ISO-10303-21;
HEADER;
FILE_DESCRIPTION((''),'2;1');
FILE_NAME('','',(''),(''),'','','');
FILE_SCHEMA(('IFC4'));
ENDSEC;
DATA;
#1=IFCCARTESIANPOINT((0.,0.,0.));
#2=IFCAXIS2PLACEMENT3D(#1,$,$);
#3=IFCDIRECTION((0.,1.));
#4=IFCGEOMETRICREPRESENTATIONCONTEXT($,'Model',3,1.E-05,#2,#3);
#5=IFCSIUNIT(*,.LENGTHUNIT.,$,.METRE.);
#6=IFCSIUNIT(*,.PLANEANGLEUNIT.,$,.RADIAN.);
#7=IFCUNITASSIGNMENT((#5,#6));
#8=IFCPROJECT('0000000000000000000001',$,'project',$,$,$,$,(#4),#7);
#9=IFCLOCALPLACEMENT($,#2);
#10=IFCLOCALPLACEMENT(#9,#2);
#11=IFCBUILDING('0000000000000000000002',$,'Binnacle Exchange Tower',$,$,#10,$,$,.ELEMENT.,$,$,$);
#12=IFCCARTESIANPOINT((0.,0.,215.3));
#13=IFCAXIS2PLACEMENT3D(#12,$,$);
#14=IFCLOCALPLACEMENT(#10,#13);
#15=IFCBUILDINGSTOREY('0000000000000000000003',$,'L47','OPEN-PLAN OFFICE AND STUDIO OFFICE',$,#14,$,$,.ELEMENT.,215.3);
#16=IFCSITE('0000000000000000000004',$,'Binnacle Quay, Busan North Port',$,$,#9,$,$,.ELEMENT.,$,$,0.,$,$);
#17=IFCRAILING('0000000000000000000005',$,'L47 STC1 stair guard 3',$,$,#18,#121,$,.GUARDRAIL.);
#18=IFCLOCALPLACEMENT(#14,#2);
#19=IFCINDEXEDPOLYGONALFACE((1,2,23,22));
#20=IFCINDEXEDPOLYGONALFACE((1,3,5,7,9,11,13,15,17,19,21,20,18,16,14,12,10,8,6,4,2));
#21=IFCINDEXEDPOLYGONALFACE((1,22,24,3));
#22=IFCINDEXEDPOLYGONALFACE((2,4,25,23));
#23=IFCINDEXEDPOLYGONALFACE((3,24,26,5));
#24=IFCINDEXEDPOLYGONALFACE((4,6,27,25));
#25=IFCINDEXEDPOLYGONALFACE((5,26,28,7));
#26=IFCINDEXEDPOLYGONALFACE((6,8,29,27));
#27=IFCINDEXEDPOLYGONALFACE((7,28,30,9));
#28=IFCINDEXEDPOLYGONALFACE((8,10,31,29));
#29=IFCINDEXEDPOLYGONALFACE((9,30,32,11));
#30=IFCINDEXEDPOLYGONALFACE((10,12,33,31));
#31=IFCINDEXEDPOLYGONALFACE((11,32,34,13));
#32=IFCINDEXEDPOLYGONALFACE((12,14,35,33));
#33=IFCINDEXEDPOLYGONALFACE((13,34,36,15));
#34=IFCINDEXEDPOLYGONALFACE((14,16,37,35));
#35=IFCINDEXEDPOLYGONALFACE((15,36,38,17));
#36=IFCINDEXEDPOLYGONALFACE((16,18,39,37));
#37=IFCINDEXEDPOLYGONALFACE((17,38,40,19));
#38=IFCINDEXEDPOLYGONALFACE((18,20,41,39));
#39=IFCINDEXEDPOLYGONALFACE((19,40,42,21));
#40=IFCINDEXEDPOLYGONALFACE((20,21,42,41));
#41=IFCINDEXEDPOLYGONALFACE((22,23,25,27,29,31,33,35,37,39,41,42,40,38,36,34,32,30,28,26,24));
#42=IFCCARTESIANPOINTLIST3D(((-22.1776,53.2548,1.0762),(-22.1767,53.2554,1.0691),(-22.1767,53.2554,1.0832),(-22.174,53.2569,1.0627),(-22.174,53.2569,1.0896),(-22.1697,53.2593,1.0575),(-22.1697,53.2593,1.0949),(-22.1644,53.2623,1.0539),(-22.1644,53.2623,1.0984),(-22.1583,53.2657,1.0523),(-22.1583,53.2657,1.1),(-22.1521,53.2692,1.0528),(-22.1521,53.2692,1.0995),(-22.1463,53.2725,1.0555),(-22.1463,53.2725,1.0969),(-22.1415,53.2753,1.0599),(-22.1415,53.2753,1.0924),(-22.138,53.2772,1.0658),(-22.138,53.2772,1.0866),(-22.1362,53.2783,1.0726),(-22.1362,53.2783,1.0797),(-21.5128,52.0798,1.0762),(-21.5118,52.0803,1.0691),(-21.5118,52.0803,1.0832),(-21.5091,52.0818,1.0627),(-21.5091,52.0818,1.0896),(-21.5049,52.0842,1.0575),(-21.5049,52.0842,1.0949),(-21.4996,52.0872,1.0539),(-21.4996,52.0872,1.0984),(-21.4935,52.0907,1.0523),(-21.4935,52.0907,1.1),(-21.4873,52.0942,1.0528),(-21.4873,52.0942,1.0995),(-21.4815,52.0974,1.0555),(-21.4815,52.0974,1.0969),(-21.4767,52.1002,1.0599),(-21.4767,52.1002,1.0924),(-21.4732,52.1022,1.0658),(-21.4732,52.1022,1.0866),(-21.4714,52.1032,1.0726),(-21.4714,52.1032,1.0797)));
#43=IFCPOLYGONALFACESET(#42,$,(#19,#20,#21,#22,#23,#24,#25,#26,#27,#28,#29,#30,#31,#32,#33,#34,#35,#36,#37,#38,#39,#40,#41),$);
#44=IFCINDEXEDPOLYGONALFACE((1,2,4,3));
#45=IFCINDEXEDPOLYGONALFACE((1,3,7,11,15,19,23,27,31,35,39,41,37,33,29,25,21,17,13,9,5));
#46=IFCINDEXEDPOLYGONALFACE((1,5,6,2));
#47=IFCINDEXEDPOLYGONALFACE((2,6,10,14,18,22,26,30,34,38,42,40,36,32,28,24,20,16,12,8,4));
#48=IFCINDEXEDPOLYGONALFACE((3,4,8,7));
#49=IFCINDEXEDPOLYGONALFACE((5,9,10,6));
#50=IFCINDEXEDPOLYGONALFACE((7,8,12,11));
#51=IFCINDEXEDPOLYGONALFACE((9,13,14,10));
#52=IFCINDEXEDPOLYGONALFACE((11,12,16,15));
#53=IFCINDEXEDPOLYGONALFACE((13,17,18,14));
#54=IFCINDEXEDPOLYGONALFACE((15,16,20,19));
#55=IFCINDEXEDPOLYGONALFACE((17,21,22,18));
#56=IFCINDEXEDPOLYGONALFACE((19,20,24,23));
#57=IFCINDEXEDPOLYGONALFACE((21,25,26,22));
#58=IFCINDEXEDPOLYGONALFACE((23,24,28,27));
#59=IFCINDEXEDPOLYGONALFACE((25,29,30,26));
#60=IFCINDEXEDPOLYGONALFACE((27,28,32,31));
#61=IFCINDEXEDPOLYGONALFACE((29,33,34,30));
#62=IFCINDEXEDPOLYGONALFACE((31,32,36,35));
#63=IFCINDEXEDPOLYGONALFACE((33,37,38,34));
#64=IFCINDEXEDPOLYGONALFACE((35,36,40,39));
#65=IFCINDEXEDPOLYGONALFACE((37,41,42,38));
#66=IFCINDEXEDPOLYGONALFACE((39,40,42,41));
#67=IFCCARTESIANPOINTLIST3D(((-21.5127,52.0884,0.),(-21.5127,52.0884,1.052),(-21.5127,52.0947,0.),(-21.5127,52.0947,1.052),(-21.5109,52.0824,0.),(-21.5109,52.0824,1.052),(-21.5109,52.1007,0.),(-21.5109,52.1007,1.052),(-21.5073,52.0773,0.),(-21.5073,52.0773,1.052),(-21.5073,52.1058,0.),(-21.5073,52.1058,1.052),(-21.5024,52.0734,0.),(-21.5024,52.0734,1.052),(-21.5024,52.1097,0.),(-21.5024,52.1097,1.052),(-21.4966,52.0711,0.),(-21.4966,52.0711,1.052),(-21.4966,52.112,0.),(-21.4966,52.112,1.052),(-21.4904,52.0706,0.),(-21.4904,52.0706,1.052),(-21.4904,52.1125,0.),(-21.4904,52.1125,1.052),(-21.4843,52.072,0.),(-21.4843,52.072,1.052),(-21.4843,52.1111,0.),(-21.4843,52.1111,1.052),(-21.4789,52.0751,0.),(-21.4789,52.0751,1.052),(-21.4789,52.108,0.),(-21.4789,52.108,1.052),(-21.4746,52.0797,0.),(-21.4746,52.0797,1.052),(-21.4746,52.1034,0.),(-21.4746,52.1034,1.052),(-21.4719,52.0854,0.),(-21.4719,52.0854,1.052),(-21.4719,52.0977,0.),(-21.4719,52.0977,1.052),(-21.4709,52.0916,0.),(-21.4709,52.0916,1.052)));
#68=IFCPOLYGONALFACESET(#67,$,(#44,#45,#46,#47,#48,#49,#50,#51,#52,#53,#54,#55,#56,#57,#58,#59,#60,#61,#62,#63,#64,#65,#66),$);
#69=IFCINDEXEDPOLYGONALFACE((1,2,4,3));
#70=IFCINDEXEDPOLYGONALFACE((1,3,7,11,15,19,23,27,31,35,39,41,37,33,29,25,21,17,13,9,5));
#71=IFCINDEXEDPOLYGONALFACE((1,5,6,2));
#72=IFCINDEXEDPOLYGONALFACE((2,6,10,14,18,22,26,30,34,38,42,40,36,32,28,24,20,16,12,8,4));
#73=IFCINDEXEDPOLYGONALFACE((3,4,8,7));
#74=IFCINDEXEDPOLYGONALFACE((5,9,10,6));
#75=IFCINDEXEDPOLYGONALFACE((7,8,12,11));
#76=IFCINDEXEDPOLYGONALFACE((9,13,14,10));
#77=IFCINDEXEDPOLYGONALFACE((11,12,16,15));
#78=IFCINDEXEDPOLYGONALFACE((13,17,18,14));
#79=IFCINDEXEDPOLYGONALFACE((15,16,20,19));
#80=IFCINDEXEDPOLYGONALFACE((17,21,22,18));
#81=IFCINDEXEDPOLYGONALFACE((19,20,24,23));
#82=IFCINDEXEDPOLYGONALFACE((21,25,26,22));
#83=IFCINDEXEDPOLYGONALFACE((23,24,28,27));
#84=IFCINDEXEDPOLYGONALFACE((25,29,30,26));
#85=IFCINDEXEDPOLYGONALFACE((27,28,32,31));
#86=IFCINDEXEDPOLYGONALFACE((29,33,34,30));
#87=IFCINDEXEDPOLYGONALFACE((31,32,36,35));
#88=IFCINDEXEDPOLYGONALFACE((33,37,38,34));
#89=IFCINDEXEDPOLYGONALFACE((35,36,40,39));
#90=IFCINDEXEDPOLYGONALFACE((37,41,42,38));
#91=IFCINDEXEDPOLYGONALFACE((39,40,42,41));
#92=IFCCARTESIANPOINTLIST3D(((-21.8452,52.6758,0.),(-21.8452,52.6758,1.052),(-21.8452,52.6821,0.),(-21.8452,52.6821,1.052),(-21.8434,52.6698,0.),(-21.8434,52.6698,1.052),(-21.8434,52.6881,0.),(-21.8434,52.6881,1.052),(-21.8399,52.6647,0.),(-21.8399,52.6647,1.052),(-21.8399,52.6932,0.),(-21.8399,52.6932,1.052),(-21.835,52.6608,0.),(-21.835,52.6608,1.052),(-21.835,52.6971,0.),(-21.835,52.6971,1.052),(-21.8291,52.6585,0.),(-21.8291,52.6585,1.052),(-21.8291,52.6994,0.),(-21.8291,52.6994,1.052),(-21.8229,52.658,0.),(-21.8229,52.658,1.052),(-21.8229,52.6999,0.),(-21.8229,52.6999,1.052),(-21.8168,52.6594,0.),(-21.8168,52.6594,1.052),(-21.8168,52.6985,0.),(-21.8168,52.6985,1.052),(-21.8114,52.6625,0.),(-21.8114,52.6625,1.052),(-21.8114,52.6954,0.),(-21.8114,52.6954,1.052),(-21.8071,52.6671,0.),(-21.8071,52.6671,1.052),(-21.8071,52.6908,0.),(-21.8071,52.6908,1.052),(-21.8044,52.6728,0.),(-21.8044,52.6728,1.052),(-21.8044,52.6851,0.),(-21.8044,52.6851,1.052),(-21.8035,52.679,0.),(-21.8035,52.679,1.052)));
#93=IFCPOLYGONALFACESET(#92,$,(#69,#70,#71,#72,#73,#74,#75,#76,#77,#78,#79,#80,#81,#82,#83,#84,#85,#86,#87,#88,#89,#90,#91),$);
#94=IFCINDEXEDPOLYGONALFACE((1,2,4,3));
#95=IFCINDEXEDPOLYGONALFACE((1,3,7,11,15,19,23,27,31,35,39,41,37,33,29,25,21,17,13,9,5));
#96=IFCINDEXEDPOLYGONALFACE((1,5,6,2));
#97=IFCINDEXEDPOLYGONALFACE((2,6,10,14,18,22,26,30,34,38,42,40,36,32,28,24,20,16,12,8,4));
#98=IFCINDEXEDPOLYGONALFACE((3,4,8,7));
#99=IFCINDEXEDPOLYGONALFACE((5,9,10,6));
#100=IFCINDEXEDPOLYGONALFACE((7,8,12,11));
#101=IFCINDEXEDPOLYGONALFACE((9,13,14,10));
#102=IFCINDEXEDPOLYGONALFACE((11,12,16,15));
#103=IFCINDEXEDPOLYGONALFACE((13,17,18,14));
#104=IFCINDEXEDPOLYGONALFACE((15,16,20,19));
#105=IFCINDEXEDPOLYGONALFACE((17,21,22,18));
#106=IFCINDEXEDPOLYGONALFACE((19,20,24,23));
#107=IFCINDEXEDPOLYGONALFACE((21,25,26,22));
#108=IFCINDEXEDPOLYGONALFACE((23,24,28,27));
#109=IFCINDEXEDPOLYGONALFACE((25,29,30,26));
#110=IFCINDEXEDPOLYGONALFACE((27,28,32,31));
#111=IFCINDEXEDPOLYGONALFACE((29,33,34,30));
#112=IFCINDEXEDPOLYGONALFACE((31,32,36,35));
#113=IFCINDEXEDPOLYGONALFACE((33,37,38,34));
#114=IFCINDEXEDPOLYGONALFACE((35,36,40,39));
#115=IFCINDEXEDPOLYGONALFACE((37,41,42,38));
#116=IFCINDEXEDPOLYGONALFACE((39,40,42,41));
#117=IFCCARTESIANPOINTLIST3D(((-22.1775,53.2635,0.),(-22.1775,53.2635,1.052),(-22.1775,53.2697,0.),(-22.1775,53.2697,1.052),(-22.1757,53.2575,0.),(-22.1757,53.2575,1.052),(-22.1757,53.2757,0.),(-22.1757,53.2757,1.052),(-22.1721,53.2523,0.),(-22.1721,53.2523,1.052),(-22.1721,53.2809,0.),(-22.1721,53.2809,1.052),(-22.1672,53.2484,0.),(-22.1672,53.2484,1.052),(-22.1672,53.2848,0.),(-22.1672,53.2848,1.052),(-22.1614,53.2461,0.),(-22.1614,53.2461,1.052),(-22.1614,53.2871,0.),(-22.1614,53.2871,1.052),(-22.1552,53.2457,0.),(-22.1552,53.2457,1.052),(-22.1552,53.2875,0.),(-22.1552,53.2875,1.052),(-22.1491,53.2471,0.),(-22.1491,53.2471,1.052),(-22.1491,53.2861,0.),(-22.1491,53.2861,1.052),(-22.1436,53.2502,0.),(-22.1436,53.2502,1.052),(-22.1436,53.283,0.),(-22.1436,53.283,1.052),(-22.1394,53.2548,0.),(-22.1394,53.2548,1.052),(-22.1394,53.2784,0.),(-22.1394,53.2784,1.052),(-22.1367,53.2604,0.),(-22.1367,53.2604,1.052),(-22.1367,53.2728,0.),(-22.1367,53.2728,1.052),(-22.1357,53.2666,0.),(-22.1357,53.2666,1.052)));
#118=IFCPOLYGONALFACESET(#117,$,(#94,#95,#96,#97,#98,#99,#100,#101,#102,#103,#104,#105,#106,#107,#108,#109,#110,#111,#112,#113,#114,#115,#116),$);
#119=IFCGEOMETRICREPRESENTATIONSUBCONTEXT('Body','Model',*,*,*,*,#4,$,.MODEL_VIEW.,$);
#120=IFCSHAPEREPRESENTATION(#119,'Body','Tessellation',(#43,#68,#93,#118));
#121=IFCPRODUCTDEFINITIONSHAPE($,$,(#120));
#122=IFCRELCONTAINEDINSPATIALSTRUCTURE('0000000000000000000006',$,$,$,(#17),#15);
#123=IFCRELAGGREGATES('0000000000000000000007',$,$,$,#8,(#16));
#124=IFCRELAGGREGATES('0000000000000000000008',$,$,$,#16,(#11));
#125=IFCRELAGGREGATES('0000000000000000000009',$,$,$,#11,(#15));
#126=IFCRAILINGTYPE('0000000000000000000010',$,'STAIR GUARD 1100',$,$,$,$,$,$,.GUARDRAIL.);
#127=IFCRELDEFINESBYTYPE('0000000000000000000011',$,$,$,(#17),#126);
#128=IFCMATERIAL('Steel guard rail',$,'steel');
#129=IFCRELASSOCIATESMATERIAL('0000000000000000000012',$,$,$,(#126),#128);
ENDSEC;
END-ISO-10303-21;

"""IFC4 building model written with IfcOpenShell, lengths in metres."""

from ifc_helpers import new_model, si_unit, direction, frame, origin, origin_2d, place, context, subcontext, project, spatial, circle, extrude, material, type_object, element, save


model = new_model("IFC4")

# Units and contexts
model_context = context("Model", 3, precision=1e-05, world=origin(), true_north=direction((0.0, 1.0)))
body_context = subcontext(model_context, "Body", "Model", "MODEL_VIEW")
ifc_project = project(units=[si_unit("LENGTHUNIT", "METRE"), si_unit("PLANEANGLEUNIT", "RADIAN")], contexts=[model_context])

# Site, building, storey
site_placement = place(None, origin())
site = spatial("IfcSite", under=ifc_project, at=site_placement, Name="Binnacle Quay, Busan North Port", CompositionType="ELEMENT", RefElevation=0.0)
building_placement = place(site_placement, origin())
building = spatial("IfcBuilding", under=site, at=building_placement, Name="Binnacle Exchange Tower", CompositionType="ELEMENT")
storey_placement = place(building_placement, frame((0.0, 0.0, 215.3)))
storey = spatial("IfcBuildingStorey", under=building, at=storey_placement, Name="L47", Description="OPEN-PLAN OFFICE AND STUDIO OFFICE", CompositionType="ELEMENT", Elevation=215.3)

# Railing
ifc_material_1 = material(Name="Steel guard rail", Category="steel")
railing_type_1 = type_object("IfcRailingType", Name="STAIR GUARD 1100", PredefinedType="GUARDRAIL", material=ifc_material_1)
railing_1_placement = place(storey_placement, frame((-21.4919, 52.0916, 0.0)))
element("IfcRailing", 1, at=railing_1_placement, inside=storey, type_object=railing_type_1, Name="L47 STC1 stair guard 3", PredefinedType="GUARDRAIL", context=body_context, shape_type="SweptSolid", body=[
    extrude(circle(Radius=0.0239, at=origin_2d()), frame((0.0, 0.0, 1.0762), z_axis=(-0.492415, 0.870361, 0.0), x_axis=(-0.870361, -0.492415, 0.0)), (0.0, 0.0, 1.0), 1.3501),
    extrude(circle(Radius=0.021, at=origin_2d()), origin(), (0.0, 0.0, 1.0), 1.052),
    extrude(circle(Radius=0.021, at=origin_2d()), frame((-0.3325, 0.5874, 0.0)), (0.0, 0.0, 1.0), 1.052),
    extrude(circle(Radius=0.021, at=origin_2d()), frame((-0.6648, 1.175, 0.0)), (0.0, 0.0, 1.0), 1.052),
])

save(model, "model.ifc")
